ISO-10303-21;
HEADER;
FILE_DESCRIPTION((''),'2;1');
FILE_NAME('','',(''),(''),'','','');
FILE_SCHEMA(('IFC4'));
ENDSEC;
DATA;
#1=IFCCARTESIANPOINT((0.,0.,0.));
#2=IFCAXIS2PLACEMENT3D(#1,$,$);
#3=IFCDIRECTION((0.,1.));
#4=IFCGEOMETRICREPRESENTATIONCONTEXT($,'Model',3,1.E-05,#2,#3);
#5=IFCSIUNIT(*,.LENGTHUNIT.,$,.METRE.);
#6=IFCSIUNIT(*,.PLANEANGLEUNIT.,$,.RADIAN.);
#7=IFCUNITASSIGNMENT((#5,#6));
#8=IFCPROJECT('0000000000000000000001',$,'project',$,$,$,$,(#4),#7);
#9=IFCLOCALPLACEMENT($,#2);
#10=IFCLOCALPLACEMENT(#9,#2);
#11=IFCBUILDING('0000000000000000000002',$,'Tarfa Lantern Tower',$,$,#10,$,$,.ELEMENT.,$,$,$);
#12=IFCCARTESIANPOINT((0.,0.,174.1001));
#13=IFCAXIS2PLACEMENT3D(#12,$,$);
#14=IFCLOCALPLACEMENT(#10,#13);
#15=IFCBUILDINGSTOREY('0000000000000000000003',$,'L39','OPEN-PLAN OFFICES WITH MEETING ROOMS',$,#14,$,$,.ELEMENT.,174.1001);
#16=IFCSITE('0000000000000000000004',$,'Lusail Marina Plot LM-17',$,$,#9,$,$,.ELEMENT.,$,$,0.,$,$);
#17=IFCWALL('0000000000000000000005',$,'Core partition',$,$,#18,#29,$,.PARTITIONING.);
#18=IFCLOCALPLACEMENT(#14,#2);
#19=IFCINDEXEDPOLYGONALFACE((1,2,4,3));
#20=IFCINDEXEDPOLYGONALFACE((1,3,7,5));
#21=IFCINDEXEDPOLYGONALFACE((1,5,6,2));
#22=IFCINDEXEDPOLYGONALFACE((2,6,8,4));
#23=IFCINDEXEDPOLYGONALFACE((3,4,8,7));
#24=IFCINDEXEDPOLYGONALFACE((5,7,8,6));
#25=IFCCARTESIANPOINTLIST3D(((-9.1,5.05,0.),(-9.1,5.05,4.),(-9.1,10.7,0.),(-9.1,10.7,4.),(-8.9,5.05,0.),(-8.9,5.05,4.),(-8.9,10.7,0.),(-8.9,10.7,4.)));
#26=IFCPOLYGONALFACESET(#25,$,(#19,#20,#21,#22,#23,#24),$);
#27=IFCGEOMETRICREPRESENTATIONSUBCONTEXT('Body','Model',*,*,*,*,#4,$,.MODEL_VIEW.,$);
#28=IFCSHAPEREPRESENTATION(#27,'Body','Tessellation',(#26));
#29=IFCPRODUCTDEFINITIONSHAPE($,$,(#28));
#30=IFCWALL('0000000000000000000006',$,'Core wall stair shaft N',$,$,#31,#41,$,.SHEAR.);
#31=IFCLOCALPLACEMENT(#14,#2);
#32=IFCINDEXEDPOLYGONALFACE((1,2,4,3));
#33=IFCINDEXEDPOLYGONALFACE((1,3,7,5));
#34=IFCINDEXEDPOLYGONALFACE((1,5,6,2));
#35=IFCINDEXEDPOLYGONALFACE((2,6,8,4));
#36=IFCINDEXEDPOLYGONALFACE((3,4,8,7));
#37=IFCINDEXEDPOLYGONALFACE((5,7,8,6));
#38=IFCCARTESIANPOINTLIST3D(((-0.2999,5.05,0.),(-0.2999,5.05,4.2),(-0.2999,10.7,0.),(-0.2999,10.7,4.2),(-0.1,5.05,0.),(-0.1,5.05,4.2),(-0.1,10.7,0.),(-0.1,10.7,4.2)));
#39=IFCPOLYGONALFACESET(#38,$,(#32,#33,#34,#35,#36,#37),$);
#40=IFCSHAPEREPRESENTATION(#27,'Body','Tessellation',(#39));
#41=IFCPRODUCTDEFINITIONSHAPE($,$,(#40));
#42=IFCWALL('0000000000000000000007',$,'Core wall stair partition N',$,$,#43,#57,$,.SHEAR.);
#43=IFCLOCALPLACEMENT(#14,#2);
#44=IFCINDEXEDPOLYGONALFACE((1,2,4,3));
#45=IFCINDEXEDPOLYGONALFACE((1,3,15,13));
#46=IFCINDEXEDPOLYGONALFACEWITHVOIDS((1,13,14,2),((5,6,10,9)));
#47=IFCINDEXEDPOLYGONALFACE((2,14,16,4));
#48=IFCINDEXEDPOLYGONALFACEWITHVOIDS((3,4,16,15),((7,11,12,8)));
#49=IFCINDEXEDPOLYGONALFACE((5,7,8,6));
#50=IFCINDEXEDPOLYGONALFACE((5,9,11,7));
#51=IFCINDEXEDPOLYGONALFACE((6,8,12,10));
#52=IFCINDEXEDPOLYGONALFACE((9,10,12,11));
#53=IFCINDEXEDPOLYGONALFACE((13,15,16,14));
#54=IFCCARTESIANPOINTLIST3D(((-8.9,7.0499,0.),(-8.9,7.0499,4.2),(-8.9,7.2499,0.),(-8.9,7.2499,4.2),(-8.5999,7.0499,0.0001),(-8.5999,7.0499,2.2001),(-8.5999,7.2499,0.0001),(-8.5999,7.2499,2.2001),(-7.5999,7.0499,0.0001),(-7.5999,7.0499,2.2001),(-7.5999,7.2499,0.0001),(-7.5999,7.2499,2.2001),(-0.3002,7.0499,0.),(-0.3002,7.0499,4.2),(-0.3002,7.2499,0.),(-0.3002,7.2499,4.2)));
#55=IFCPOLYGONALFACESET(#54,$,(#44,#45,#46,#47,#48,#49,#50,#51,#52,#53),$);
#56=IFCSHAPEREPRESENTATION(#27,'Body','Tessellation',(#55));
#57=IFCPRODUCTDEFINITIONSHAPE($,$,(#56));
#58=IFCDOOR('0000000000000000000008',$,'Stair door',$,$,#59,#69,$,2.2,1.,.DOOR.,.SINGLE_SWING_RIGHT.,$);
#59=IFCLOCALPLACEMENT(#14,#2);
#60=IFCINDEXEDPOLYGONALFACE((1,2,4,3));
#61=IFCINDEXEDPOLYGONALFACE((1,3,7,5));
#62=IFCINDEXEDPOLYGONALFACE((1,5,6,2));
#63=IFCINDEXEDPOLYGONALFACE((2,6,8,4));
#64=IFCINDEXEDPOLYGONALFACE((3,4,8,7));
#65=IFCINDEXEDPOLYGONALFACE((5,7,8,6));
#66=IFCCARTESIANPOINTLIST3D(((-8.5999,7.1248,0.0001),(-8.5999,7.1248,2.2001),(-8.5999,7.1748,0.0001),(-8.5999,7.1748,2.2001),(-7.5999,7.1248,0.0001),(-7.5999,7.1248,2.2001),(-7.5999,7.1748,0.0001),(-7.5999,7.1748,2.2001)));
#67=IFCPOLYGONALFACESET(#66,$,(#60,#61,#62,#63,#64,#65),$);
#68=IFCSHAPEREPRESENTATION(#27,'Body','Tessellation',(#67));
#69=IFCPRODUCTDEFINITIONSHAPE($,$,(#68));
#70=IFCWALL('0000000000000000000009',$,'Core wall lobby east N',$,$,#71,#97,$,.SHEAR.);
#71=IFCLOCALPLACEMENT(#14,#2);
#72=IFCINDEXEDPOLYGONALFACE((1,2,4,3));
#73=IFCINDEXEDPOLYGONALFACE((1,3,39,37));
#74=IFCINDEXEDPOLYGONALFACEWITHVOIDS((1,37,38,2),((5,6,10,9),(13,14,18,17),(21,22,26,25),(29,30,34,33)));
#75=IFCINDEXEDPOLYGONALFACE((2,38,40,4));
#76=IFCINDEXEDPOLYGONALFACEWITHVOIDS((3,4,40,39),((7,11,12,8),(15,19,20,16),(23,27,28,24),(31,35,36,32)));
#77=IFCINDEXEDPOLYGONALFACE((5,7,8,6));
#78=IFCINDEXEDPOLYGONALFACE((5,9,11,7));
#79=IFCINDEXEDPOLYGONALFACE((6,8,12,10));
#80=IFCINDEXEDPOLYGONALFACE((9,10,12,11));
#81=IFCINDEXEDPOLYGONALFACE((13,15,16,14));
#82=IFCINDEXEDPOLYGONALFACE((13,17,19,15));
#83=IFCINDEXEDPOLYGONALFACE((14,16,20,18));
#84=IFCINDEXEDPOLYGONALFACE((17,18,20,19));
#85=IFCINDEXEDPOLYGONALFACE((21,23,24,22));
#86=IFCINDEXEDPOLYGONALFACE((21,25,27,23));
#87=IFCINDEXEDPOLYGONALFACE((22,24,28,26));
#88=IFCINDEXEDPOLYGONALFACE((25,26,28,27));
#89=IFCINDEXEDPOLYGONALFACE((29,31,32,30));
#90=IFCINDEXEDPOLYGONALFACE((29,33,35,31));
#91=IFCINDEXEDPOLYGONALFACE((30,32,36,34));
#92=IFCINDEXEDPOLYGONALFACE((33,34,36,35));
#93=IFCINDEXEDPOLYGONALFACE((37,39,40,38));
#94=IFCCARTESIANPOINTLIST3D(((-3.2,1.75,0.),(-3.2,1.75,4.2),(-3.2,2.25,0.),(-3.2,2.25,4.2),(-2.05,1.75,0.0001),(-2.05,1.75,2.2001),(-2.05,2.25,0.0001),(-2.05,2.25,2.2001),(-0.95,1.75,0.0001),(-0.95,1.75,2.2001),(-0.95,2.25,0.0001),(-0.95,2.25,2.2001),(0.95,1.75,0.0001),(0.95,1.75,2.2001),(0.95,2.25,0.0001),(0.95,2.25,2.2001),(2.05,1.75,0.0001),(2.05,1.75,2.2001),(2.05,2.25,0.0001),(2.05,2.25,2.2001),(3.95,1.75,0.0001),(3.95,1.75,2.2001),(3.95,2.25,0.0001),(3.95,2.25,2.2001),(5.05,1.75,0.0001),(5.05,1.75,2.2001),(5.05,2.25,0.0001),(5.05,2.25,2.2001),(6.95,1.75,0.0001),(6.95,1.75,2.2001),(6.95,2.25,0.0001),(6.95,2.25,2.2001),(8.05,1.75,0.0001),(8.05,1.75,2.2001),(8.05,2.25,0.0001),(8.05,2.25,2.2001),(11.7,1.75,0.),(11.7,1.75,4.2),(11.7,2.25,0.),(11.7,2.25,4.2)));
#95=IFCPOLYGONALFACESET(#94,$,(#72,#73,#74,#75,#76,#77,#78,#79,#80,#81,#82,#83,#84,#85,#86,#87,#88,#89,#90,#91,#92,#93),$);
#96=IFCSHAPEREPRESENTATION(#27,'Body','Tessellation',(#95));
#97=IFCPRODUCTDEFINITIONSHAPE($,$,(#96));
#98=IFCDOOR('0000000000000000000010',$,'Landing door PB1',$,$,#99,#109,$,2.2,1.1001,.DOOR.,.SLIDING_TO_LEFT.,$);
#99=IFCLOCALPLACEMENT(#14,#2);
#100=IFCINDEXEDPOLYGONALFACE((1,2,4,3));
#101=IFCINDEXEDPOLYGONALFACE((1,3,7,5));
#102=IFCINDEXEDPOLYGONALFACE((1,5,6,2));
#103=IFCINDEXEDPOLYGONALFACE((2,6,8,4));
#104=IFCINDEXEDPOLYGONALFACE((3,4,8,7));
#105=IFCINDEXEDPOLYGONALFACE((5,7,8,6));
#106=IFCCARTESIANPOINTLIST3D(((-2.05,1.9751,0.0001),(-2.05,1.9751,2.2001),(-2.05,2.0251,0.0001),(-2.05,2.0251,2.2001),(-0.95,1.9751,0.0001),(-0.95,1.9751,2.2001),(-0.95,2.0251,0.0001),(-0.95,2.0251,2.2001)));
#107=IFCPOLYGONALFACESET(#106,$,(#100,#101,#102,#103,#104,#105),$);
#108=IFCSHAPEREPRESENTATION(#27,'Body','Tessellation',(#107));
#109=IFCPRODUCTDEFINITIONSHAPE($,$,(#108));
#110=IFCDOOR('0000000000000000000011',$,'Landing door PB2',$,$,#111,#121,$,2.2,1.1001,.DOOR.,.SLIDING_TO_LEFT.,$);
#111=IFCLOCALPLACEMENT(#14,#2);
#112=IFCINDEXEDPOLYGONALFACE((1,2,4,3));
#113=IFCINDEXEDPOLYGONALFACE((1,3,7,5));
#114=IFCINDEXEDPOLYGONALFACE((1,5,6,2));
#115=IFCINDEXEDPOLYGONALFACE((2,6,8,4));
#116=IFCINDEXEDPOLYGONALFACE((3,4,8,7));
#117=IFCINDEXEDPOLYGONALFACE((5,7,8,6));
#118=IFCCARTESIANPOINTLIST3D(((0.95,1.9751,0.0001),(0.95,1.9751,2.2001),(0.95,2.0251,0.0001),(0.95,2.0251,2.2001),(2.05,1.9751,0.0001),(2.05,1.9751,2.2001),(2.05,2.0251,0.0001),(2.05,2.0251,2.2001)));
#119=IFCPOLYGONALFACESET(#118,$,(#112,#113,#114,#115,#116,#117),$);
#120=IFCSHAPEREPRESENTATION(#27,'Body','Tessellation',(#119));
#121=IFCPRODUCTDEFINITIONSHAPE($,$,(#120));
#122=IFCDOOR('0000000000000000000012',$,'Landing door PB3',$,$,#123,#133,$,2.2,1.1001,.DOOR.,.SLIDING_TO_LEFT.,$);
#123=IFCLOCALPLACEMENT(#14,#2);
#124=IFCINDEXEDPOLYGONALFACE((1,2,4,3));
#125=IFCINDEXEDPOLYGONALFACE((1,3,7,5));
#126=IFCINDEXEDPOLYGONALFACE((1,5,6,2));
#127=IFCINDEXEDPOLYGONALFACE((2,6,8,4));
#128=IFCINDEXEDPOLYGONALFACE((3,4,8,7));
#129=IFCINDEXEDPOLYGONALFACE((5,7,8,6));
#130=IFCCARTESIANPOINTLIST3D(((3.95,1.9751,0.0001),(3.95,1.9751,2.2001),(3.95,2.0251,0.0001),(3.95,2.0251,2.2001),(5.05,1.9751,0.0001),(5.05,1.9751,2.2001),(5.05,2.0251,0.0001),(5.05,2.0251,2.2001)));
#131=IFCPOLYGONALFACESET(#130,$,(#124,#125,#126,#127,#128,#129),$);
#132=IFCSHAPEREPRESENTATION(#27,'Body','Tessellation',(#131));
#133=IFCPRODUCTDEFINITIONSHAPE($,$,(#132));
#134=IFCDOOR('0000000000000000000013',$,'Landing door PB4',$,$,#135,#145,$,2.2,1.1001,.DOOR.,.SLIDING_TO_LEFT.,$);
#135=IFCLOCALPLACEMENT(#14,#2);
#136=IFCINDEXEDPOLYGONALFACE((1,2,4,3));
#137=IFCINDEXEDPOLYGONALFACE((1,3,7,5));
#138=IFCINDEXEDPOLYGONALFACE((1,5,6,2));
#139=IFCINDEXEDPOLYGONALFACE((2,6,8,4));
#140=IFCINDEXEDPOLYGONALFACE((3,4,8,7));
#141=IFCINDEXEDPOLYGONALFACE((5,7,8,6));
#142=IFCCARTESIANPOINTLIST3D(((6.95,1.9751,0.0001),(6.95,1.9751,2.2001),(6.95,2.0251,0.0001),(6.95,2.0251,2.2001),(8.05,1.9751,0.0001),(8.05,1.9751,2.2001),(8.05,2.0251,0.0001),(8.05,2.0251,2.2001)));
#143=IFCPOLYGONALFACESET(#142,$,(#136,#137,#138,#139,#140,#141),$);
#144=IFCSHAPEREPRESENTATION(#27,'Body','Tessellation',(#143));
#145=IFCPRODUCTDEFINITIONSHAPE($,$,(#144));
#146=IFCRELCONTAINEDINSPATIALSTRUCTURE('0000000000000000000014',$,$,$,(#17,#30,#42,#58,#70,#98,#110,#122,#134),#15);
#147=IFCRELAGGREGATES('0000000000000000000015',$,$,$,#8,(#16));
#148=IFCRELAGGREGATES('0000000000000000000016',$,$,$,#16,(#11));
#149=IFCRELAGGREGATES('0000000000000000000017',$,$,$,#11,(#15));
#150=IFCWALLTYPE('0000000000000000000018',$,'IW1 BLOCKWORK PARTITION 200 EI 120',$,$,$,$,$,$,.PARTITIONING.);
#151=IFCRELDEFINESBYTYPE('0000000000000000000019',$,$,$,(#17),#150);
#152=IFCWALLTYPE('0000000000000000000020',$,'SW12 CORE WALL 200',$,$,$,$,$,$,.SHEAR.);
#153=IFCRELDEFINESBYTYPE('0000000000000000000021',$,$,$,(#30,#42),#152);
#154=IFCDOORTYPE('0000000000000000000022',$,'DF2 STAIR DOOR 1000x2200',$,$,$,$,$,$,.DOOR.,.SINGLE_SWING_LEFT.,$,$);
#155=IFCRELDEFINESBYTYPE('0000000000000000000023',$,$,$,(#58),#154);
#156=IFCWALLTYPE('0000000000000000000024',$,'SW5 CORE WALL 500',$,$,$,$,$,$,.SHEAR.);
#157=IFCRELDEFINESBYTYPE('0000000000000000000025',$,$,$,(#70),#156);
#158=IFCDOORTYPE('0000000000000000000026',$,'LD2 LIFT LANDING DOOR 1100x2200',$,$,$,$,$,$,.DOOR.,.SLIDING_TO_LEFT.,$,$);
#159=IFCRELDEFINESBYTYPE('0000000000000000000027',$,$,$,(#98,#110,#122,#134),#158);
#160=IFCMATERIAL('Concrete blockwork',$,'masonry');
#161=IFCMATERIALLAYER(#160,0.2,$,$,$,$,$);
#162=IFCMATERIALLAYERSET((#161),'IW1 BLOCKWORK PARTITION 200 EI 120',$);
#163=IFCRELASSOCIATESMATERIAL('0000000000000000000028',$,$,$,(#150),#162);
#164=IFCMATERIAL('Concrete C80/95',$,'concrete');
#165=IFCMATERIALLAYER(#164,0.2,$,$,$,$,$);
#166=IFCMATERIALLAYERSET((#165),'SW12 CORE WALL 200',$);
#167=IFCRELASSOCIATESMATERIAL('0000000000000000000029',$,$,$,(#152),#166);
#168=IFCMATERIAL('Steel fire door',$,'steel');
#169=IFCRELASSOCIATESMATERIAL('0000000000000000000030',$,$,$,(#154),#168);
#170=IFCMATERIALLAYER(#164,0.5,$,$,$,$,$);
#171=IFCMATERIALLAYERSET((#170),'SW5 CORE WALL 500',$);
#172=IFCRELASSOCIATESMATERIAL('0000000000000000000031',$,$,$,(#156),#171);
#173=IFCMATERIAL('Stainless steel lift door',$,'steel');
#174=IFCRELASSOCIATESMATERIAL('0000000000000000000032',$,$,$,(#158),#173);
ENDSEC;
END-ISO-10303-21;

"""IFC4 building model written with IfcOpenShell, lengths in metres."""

from ifc_helpers import new_model, si_unit, direction, frame, frame_2d, origin, place, context, subcontext, project, spatial, rectangle, extrude, material, layer, layer_set, type_object, element, fill, save


model = new_model("IFC4")

# Units and contexts
model_context = context("Model", 3, precision=1e-05, world=origin(), true_north=direction((0.0, 1.0)))
body_context = subcontext(model_context, "Body", "Model", "MODEL_VIEW")
ifc_project = project(units=[si_unit("LENGTHUNIT", "METRE"), si_unit("PLANEANGLEUNIT", "RADIAN")], contexts=[model_context])

# Site, building, storey
site_placement = place(None, origin())
site = spatial("IfcSite", under=ifc_project, at=site_placement, Name="Lusail Marina Plot LM-17", CompositionType="ELEMENT", RefElevation=0.0)
building_placement = place(site_placement, origin())
building = spatial("IfcBuilding", under=site, at=building_placement, Name="Tarfa Lantern Tower", CompositionType="ELEMENT")
storey_placement = place(building_placement, frame((0.0, 0.0, 174.1001)))
storey = spatial("IfcBuildingStorey", under=building, at=storey_placement, Name="L39", Description="OPEN-PLAN OFFICES WITH MEETING ROOMS", CompositionType="ELEMENT", Elevation=174.1001)

# Walls
ifc_material_1 = material(Name="Concrete blockwork", Category="masonry")
ifc_layer_1 = layer(ifc_material_1, 0.2)
ifc_layer_set_1 = layer_set([ifc_layer_1], Name="IW1 BLOCKWORK PARTITION 200 EI 120")
wall_type_1 = type_object("IfcWallType", Name="IW1 BLOCKWORK PARTITION 200 EI 120", PredefinedType="PARTITIONING", material=ifc_layer_set_1)
wall_1_placement = place(storey_placement, frame((-9.0, 5.05, 0.0), z_axis=(0.0, 0.0, 1.0), x_axis=(0.0, 1.0, 0.0)))
element("IfcWall", 1, at=wall_1_placement, inside=storey, type_object=wall_type_1, Name="Core partition", PredefinedType="PARTITIONING", context=body_context, shape_type="SweptSolid", body=[
    extrude(rectangle(XDim=5.6499, YDim=0.2, at=frame_2d((2.825, 0.0))), origin(), (0.0, 0.0, 1.0), 4.0),
])
ifc_material_2 = material(Name="Concrete C80/95", Category="concrete")
ifc_layer_2 = layer(ifc_material_2, 0.2)
ifc_layer_set_2 = layer_set([ifc_layer_2], Name="SW12 CORE WALL 200")
wall_type_2 = type_object("IfcWallType", Name="SW12 CORE WALL 200", PredefinedType="SHEAR", material=ifc_layer_set_2)
wall_2_placement = place(storey_placement, frame((-0.2, 5.05, 0.0), z_axis=(0.0, 0.0, 1.0), x_axis=(0.0, 1.0, 0.0)))
element("IfcWall", 2, at=wall_2_placement, inside=storey, type_object=wall_type_2, Name="Core wall stair shaft N", PredefinedType="SHEAR", context=body_context, shape_type="SweptSolid", body=[
    extrude(rectangle(XDim=5.6499, YDim=0.2, at=frame_2d((2.825, 0.0))), origin(), (0.0, 0.0, 1.0), 4.2),
])

# Wall, opening, door
wall_3_placement = place(storey_placement, frame((-8.8999, 7.1499, 0.0), z_axis=(0.0, 0.0, 1.0), x_axis=(1.0, 0.0, 0.0)))
wall_3 = element("IfcWall", 3, at=wall_3_placement, inside=storey, type_object=wall_type_2, Name="Core wall stair partition N", PredefinedType="SHEAR", context=body_context, shape_type="SweptSolid", body=[
    extrude(rectangle(XDim=8.5999, YDim=0.2, at=frame_2d((4.2998, 0.0))), origin(), (0.0, 0.0, 1.0), 4.2),
])
opening_1_placement = place(wall_3_placement, frame((0.3, 0.0, 0.0)))
opening_1 = element("IfcOpeningElement", 4, at=opening_1_placement, cuts=wall_3, PredefinedType="OPENING", context=body_context, shape_type="SweptSolid", body=[
    extrude(rectangle(XDim=1.0, YDim=2.2, at=frame_2d((0.5, 1.1001))), frame((0.0, 0.1099, 0.0), z_axis=(0.0, -1.0, 0.0), x_axis=(1.0, 0.0, 0.0)), (0.0, 0.0, 1.0), 0.22),
])
ifc_material_3 = material(Name="Steel fire door", Category="steel")
door_type_1 = type_object("IfcDoorType", Name="DF2 STAIR DOOR 1000x2200", OperationType="SINGLE_SWING_LEFT", PredefinedType="DOOR", material=ifc_material_3)
door_1_placement = place(opening_1_placement, origin())
door_1 = element("IfcDoor", 5, at=door_1_placement, inside=storey, type_object=door_type_1, Name="Stair door", OperationType="SINGLE_SWING_RIGHT", OverallHeight=2.2, OverallWidth=1.0, PredefinedType="DOOR", context=body_context, shape_type="SweptSolid", body=[
    extrude(rectangle(XDim=1.0, YDim=2.2, at=frame_2d((0.5, 1.1001))), frame((0.0, 0.0249, 0.0), z_axis=(0.0, -1.0, 0.0), x_axis=(1.0, 0.0, 0.0)), (0.0, 0.0, 1.0), 0.05),
])
fill(opening_1, door_1)

# Wall, openings, doors
ifc_layer_3 = layer(ifc_material_2, 0.5)
ifc_layer_set_3 = layer_set([ifc_layer_3], Name="SW5 CORE WALL 500")
wall_type_3 = type_object("IfcWallType", Name="SW5 CORE WALL 500", PredefinedType="SHEAR", material=ifc_layer_set_3)
wall_4_placement = place(storey_placement, frame((-3.2, 2.0, 0.0), z_axis=(0.0, 0.0, 1.0), x_axis=(1.0, 0.0, 0.0)))
wall_4 = element("IfcWall", 6, at=wall_4_placement, inside=storey, type_object=wall_type_3, Name="Core wall lobby east N", PredefinedType="SHEAR", context=body_context, shape_type="SweptSolid", body=[
    extrude(rectangle(XDim=14.8999, YDim=0.5, at=frame_2d((7.45, 0.0))), origin(), (0.0, 0.0, 1.0), 4.2),
])
opening_2_placement = place(wall_4_placement, frame((1.1499, 0.0, 0.0)))
opening_2 = element("IfcOpeningElement", 7, at=opening_2_placement, cuts=wall_4, PredefinedType="OPENING", context=body_context, shape_type="SweptSolid", body=[
    extrude(rectangle(XDim=1.1001, YDim=2.2, at=frame_2d((0.55, 1.1001))), frame((0.0, 0.26, 0.0), z_axis=(0.0, -1.0, 0.0), x_axis=(1.0, 0.0, 0.0)), (0.0, 0.0, 1.0), 0.52),
])
opening_3_placement = place(wall_4_placement, frame((4.1499, 0.0, 0.0)))
opening_3 = element("IfcOpeningElement", 8, at=opening_3_placement, cuts=wall_4, PredefinedType="OPENING", context=body_context, shape_type="SweptSolid", body=[
    extrude(rectangle(XDim=1.1001, YDim=2.2, at=frame_2d((0.55, 1.1001))), frame((0.0, 0.26, 0.0), z_axis=(0.0, -1.0, 0.0), x_axis=(1.0, 0.0, 0.0)), (0.0, 0.0, 1.0), 0.52),
])
opening_4_placement = place(wall_4_placement, frame((7.1499, 0.0, 0.0)))
opening_4 = element("IfcOpeningElement", 9, at=opening_4_placement, cuts=wall_4, PredefinedType="OPENING", context=body_context, shape_type="SweptSolid", body=[
    extrude(rectangle(XDim=1.1001, YDim=2.2, at=frame_2d((0.55, 1.1001))), frame((0.0, 0.26, 0.0), z_axis=(0.0, -1.0, 0.0), x_axis=(1.0, 0.0, 0.0)), (0.0, 0.0, 1.0), 0.52),
])
opening_5_placement = place(wall_4_placement, frame((10.1499, 0.0, 0.0)))
opening_5 = element("IfcOpeningElement", 10, at=opening_5_placement, cuts=wall_4, PredefinedType="OPENING", context=body_context, shape_type="SweptSolid", body=[
    extrude(rectangle(XDim=1.1001, YDim=2.2, at=frame_2d((0.55, 1.1001))), frame((0.0, 0.26, 0.0), z_axis=(0.0, -1.0, 0.0), x_axis=(1.0, 0.0, 0.0)), (0.0, 0.0, 1.0), 0.52),
])
ifc_material_4 = material(Name="Stainless steel lift door", Category="steel")
door_type_2 = type_object("IfcDoorType", Name="LD2 LIFT LANDING DOOR 1100x2200", OperationType="SLIDING_TO_LEFT", PredefinedType="DOOR", material=ifc_material_4)
door_2_placement = place(opening_2_placement, frame((1.1001, 0.0, 0.0), z_axis=(0.0, 0.0, 1.0), x_axis=(-1.0, 0.0, 0.0)))
door_2 = element("IfcDoor", 11, at=door_2_placement, inside=storey, type_object=door_type_2, Name="Landing door PB1", OperationType="SLIDING_TO_LEFT", OverallHeight=2.2, OverallWidth=1.1001, PredefinedType="DOOR", context=body_context, shape_type="SweptSolid", body=[
    extrude(rectangle(XDim=1.1001, YDim=2.2, at=frame_2d((0.55, 1.1001))), frame((0.0, 0.0249, 0.0), z_axis=(0.0, -1.0, 0.0), x_axis=(1.0, 0.0, 0.0)), (0.0, 0.0, 1.0), 0.05),
])
fill(opening_2, door_2)
door_3_placement = place(opening_3_placement, frame((1.1001, 0.0, 0.0), z_axis=(0.0, 0.0, 1.0), x_axis=(-1.0, 0.0, 0.0)))
door_3 = element("IfcDoor", 12, at=door_3_placement, inside=storey, type_object=door_type_2, Name="Landing door PB2", OperationType="SLIDING_TO_LEFT", OverallHeight=2.2, OverallWidth=1.1001, PredefinedType="DOOR", context=body_context, shape_type="SweptSolid", body=[
    extrude(rectangle(XDim=1.1001, YDim=2.2, at=frame_2d((0.55, 1.1001))), frame((0.0, 0.0249, 0.0), z_axis=(0.0, -1.0, 0.0), x_axis=(1.0, 0.0, 0.0)), (0.0, 0.0, 1.0), 0.05),
])
fill(opening_3, door_3)
door_4_placement = place(opening_4_placement, frame((1.1001, 0.0, 0.0), z_axis=(0.0, 0.0, 1.0), x_axis=(-1.0, 0.0, 0.0)))
door_4 = element("IfcDoor", 13, at=door_4_placement, inside=storey, type_object=door_type_2, Name="Landing door PB3", OperationType="SLIDING_TO_LEFT", OverallHeight=2.2, OverallWidth=1.1001, PredefinedType="DOOR", context=body_context, shape_type="SweptSolid", body=[
    extrude(rectangle(XDim=1.1001, YDim=2.2, at=frame_2d((0.55, 1.1001))), frame((0.0, 0.0249, 0.0), z_axis=(0.0, -1.0, 0.0), x_axis=(1.0, 0.0, 0.0)), (0.0, 0.0, 1.0), 0.05),
])
fill(opening_4, door_4)
door_5_placement = place(opening_5_placement, frame((1.1001, 0.0, 0.0), z_axis=(0.0, 0.0, 1.0), x_axis=(-1.0, 0.0, 0.0)))
door_5 = element("IfcDoor", 14, at=door_5_placement, inside=storey, type_object=door_type_2, Name="Landing door PB4", OperationType="SLIDING_TO_LEFT", OverallHeight=2.2, OverallWidth=1.1001, PredefinedType="DOOR", context=body_context, shape_type="SweptSolid", body=[
    extrude(rectangle(XDim=1.1001, YDim=2.2, at=frame_2d((0.55, 1.1001))), frame((0.0, 0.0249, 0.0), z_axis=(0.0, -1.0, 0.0), x_axis=(1.0, 0.0, 0.0)), (0.0, 0.0, 1.0), 0.05),
])
fill(opening_5, door_5)

save(model, "model.ifc")
